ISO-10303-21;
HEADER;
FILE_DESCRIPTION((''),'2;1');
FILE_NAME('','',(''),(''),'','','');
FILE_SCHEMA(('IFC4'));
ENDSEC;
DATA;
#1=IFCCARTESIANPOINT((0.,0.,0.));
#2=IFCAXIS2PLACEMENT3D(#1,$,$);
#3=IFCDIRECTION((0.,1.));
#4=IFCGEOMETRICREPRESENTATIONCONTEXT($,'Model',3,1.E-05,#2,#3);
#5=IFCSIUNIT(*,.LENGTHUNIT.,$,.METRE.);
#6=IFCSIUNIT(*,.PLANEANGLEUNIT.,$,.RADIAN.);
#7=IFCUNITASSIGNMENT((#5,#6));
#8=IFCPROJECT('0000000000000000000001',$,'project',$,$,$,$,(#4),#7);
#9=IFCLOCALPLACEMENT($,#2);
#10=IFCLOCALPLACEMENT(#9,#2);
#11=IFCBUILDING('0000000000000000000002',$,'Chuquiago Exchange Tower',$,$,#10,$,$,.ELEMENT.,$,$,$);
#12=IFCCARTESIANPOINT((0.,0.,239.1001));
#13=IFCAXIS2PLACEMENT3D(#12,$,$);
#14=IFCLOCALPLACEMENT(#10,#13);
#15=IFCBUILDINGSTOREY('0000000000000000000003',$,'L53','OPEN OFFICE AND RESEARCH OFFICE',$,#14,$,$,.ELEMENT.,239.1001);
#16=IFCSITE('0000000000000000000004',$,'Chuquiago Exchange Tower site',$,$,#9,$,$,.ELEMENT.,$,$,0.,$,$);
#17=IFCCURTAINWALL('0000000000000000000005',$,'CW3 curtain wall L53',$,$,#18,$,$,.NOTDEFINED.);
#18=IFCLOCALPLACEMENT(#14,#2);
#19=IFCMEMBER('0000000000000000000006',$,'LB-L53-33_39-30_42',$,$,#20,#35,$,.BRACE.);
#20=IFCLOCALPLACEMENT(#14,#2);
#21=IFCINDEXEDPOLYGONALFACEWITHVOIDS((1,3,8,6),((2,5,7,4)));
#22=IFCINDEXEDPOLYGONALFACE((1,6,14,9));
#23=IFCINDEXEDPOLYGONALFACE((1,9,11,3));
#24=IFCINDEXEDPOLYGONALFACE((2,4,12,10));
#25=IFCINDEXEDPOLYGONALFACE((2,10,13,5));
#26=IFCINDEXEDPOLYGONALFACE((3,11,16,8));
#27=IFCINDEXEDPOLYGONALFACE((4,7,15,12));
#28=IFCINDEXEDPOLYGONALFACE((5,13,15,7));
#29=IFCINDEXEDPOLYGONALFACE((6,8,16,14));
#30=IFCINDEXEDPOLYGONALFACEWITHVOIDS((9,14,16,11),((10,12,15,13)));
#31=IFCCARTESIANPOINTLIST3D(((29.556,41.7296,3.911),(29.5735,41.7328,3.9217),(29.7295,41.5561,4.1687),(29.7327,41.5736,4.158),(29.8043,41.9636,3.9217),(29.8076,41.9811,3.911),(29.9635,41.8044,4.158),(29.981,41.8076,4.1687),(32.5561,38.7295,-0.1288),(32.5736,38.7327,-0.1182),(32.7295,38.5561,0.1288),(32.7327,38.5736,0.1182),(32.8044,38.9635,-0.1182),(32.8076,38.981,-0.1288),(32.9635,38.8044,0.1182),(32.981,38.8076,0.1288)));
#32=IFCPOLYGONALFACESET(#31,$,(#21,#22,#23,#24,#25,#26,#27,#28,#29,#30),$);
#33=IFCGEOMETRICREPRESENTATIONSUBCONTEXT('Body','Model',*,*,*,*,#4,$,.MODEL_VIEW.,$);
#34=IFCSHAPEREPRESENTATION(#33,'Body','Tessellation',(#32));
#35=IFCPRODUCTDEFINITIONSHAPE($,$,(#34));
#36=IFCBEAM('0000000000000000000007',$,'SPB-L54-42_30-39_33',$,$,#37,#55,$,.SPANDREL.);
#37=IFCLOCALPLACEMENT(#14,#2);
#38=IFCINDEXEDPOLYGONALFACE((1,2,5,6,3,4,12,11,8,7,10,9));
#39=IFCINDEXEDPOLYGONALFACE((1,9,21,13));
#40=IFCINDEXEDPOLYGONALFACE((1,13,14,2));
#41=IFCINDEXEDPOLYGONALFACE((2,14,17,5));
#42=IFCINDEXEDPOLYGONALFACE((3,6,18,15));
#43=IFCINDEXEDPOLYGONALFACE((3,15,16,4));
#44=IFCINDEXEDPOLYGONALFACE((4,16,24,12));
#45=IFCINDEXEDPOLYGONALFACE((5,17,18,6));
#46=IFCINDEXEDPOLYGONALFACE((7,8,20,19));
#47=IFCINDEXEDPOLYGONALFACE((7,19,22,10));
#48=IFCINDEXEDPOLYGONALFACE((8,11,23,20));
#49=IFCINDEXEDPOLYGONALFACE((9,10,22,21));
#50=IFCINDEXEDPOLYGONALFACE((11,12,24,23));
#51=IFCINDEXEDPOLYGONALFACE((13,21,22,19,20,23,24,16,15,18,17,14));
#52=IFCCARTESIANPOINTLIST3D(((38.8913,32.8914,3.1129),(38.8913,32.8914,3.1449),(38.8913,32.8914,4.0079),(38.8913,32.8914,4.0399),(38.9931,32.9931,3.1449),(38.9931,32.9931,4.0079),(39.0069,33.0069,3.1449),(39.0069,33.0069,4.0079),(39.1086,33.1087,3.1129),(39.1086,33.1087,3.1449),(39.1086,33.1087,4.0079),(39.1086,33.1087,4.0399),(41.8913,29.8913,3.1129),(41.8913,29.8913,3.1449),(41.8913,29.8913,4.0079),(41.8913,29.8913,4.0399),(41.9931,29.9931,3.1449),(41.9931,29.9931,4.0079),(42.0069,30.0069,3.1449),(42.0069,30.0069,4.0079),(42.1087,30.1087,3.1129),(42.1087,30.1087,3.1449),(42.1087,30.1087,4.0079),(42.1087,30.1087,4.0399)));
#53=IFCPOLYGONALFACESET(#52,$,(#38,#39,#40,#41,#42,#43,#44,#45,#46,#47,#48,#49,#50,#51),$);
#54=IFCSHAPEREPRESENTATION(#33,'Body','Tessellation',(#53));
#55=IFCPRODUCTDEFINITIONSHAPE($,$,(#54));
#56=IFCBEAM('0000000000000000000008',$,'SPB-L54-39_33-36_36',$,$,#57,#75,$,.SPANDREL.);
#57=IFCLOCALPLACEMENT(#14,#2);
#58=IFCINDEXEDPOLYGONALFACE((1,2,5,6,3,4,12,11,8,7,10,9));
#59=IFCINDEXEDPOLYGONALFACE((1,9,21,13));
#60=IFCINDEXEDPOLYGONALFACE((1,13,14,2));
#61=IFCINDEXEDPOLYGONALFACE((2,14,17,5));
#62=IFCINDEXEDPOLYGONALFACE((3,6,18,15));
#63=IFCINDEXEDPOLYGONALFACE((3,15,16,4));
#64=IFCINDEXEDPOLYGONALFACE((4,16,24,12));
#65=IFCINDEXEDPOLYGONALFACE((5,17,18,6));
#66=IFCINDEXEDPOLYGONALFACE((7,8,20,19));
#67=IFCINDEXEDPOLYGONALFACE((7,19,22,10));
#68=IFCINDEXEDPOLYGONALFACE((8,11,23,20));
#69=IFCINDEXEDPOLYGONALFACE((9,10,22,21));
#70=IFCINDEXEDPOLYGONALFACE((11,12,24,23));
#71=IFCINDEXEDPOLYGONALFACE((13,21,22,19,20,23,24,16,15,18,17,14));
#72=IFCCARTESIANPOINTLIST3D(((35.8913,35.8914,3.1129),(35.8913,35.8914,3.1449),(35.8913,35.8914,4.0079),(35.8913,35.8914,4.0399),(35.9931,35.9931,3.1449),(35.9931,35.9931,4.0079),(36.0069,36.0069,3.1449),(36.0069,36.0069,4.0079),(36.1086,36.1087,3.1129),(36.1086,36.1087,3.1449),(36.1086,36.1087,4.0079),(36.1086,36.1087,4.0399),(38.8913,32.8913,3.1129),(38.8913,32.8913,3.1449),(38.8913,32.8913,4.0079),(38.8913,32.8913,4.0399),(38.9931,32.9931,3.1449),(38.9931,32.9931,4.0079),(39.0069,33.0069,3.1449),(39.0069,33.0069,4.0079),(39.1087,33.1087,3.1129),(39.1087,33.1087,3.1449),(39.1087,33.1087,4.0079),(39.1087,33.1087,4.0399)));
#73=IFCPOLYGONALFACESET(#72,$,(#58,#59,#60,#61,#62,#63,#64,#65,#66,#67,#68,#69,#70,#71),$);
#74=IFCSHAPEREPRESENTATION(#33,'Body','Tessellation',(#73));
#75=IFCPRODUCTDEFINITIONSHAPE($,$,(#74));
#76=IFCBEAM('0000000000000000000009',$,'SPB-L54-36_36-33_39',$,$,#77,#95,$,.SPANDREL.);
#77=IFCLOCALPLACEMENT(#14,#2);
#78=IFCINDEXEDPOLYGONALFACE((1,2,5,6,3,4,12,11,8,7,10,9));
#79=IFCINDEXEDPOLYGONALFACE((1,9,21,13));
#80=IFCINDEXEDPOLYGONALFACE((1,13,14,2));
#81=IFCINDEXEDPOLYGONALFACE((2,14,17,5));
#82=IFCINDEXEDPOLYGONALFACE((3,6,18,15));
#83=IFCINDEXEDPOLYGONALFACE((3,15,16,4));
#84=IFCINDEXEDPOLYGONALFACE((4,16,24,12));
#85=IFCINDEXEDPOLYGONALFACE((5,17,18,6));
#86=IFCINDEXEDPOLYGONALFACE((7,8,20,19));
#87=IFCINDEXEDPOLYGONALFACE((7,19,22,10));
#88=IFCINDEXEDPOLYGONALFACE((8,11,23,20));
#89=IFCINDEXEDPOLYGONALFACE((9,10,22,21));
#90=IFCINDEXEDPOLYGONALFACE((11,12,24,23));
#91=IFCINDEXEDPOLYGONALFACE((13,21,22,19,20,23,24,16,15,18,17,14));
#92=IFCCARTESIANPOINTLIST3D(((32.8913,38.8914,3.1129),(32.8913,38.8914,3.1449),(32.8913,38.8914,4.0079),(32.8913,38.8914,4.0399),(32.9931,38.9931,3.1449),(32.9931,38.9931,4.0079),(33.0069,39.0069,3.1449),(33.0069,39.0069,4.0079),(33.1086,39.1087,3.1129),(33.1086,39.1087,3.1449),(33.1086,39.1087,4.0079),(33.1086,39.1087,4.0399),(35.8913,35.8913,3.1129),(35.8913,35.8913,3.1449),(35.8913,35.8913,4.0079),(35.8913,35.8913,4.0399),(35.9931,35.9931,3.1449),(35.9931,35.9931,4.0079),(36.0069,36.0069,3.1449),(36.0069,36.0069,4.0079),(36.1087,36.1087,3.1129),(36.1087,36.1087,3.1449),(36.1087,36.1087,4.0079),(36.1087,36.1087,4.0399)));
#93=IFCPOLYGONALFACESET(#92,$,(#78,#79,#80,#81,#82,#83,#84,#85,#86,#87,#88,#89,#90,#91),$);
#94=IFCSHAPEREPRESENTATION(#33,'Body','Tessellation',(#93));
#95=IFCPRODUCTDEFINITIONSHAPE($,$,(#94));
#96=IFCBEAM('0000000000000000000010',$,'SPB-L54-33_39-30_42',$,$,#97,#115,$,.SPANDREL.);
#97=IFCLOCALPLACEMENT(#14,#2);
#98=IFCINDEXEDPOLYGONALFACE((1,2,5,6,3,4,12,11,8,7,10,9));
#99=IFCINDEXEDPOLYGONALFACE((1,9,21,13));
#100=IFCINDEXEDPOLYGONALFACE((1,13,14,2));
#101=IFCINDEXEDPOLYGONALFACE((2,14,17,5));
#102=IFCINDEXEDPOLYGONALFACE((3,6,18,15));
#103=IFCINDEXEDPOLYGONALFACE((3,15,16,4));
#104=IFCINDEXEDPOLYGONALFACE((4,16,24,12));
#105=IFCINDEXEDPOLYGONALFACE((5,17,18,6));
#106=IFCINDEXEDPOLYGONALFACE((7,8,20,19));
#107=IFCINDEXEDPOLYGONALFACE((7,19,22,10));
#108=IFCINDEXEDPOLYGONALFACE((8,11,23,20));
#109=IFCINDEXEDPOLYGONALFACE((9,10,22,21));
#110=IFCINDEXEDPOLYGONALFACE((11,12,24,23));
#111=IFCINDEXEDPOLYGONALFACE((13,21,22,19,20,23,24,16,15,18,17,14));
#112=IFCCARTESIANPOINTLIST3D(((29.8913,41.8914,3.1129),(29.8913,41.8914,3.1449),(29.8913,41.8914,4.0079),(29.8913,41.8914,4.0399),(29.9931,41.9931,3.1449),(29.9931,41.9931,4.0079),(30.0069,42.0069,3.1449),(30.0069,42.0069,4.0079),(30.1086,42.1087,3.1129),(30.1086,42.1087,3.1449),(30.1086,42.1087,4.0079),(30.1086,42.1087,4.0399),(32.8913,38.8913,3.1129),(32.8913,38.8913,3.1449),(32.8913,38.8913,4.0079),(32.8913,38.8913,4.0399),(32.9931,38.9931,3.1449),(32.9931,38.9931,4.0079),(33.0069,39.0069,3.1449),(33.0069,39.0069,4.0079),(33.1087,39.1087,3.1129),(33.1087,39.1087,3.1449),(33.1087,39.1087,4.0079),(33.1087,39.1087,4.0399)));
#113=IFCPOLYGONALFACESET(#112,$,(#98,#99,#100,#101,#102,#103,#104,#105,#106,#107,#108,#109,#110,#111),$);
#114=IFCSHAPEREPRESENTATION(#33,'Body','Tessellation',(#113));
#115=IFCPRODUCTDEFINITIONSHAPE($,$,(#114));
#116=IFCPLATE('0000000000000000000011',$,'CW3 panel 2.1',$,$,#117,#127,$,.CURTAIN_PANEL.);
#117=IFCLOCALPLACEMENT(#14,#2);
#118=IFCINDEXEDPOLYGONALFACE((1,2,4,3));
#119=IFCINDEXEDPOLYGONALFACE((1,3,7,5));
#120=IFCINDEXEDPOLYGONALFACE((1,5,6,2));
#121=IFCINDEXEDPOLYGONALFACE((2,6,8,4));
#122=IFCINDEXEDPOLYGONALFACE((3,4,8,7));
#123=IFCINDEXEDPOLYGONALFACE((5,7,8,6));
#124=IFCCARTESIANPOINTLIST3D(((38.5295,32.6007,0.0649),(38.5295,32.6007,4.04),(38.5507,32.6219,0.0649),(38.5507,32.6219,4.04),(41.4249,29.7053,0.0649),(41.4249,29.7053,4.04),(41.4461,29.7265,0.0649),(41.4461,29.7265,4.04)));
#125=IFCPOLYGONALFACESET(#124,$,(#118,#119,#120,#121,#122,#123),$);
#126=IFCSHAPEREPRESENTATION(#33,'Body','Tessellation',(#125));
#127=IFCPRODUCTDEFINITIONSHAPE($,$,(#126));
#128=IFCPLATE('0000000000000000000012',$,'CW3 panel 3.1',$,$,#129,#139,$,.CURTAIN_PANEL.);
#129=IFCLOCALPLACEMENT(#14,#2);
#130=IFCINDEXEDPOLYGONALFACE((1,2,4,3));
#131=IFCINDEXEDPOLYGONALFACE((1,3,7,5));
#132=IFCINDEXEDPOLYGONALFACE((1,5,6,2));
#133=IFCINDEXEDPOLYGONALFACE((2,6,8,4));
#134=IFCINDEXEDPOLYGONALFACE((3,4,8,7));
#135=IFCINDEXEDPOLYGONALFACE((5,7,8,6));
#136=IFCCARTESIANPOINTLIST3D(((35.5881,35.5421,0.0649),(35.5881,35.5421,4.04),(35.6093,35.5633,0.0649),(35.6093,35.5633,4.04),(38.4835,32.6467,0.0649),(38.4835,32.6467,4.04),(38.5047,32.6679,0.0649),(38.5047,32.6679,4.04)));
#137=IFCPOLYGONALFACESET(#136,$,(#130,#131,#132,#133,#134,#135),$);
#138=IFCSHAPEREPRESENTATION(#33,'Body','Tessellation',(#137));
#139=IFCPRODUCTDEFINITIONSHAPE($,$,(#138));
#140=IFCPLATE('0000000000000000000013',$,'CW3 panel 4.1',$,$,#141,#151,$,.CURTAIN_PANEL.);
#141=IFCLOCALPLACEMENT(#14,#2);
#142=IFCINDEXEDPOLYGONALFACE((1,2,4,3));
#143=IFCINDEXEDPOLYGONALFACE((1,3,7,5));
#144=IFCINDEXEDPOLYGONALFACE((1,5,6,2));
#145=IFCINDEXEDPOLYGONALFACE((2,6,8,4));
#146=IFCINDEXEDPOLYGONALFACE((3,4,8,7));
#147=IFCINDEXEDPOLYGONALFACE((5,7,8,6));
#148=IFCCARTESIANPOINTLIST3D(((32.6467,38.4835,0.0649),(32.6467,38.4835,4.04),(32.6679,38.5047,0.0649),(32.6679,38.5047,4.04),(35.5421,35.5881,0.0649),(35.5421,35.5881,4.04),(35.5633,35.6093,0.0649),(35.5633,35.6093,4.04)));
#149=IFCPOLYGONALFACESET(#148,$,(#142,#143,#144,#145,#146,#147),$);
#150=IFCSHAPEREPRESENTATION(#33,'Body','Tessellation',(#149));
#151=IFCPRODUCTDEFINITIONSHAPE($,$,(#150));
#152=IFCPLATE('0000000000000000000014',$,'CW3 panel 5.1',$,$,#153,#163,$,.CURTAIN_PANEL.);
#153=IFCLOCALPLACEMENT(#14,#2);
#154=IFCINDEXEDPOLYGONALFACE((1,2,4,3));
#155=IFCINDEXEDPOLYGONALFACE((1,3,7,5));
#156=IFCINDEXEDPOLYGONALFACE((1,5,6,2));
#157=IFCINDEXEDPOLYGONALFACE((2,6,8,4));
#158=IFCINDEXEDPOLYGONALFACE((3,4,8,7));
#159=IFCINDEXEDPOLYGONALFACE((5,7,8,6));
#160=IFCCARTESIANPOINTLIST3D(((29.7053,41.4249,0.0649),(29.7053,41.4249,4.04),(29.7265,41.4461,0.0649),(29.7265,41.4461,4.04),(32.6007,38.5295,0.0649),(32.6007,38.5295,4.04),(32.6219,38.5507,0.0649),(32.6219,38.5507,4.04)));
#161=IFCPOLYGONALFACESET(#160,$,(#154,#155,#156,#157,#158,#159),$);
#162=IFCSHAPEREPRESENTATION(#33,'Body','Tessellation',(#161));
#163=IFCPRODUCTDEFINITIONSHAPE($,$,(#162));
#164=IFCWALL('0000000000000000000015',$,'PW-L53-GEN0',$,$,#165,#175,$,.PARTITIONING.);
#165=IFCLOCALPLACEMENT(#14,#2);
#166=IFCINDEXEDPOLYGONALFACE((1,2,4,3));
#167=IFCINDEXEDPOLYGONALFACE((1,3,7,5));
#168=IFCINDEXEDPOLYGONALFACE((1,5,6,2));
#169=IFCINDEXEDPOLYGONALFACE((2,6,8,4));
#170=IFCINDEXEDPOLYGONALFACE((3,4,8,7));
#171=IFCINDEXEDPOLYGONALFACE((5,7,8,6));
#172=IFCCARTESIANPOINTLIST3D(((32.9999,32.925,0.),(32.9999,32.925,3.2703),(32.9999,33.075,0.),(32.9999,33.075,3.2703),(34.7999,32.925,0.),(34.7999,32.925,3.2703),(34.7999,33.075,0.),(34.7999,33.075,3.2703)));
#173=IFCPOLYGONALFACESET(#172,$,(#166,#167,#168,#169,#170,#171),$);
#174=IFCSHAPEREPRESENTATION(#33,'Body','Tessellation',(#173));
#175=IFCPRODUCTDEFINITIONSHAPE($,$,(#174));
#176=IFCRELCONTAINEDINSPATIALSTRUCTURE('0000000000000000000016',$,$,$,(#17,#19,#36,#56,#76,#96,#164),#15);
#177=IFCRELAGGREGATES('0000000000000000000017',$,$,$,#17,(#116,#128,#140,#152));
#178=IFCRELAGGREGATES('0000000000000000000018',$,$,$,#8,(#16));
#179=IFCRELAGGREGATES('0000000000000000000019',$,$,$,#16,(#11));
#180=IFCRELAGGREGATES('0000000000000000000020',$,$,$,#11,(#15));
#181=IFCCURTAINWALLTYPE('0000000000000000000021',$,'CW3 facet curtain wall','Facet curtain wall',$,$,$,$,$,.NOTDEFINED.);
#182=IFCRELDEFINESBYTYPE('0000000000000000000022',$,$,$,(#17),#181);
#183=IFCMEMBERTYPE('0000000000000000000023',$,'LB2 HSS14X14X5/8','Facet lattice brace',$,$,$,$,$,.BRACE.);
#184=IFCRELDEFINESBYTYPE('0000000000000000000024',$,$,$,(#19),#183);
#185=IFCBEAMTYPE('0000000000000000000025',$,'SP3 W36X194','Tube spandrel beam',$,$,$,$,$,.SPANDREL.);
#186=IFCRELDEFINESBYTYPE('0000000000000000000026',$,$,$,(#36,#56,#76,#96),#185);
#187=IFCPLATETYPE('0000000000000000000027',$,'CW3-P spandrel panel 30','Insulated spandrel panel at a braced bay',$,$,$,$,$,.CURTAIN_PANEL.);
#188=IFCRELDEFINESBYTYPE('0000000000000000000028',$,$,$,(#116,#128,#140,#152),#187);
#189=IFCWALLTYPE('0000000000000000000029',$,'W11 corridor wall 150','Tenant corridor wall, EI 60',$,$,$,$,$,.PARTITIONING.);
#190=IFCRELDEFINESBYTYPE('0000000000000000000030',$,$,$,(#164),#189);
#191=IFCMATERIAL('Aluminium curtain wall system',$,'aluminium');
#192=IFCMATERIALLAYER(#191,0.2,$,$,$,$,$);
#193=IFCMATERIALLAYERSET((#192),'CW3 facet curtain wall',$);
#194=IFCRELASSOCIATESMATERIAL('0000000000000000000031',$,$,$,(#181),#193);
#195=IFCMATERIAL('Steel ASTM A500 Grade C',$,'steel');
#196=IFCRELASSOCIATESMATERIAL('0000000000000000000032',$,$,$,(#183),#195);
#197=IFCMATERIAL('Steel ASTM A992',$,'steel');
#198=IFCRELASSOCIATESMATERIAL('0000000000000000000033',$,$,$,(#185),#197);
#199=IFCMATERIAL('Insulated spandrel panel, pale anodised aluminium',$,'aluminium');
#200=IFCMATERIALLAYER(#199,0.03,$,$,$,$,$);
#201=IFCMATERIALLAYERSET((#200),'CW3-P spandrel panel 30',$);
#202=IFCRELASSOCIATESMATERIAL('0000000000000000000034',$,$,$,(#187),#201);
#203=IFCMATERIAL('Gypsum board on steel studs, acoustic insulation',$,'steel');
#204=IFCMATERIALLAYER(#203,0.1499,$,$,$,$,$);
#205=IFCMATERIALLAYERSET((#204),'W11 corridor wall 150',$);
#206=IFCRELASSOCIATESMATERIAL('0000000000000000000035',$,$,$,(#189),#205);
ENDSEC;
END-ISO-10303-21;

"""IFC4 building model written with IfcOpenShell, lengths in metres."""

from ifc_helpers import new_model, si_unit, direction, frame, frame_2d, origin, origin_2d, place, context, subcontext, project, spatial, rectangle, hollow_rectangle, i_section, extrude, material, layer, layer_set, material_profile, profile_set, type_object, element, aggregate, save


model = new_model("IFC4")

# Units and contexts
model_context = context("Model", 3, precision=1e-05, world=origin(), true_north=direction((0.0, 1.0)))
body_context = subcontext(model_context, "Body", "Model", "MODEL_VIEW")
ifc_project = project(units=[si_unit("LENGTHUNIT", "METRE"), si_unit("PLANEANGLEUNIT", "RADIAN")], contexts=[model_context])

# Site, building, storey
site_placement = place(None, origin())
site = spatial("IfcSite", under=ifc_project, at=site_placement, Name="Chuquiago Exchange Tower site", CompositionType="ELEMENT", RefElevation=0.0)
building_placement = place(site_placement, origin())
building = spatial("IfcBuilding", under=site, at=building_placement, Name="Chuquiago Exchange Tower", CompositionType="ELEMENT")
storey_placement = place(building_placement, frame((0.0, 0.0, 239.1001)))
storey = spatial("IfcBuildingStorey", under=building, at=storey_placement, Name="L53", Description="OPEN OFFICE AND RESEARCH OFFICE", CompositionType="ELEMENT", Elevation=239.1001)

# Curtain wall
ifc_material_1 = material(Name="Aluminium curtain wall system", Category="aluminium")
ifc_layer_1 = layer(ifc_material_1, 0.2)
ifc_layer_set_1 = layer_set([ifc_layer_1], Name="CW3 facet curtain wall")
curtain_wall_type = type_object("IfcCurtainWallType", Name="CW3 facet curtain wall", Description="Facet curtain wall", PredefinedType="NOTDEFINED", material=ifc_layer_set_1)
curtain_wall_placement = place(storey_placement, origin())
curtain_wall = element("IfcCurtainWall", 1, at=curtain_wall_placement, inside=storey, type_object=curtain_wall_type, Name="CW3 curtain wall L53", PredefinedType="NOTDEFINED")

# Member
ifc_material_2 = material(Name="Steel ASTM A500 Grade C", Category="steel")
ifc_material_profile_1 = material_profile(ifc_material_2, hollow_rectangle(XDim=0.3557, YDim=0.3557, WallThickness=0.0146, at=origin_2d()), Name="HSS14X14X5/8")
ifc_profile_set_1 = profile_set([ifc_material_profile_1], Name="Steel ASTM A500 Grade C")
member_type_1 = type_object("IfcMemberType", Name="LB2 HSS14X14X5/8", Description="Facet lattice brace", PredefinedType="BRACE", material=ifc_profile_set_1)
for number, where, z_axis, x_axis, name in (
    (2, (32.7686, 38.7686, 0.0), (-0.512092, 0.512092, 0.689582), (-0.707107, -0.707107, 0.0), "LB-L53-33_39-30_42"),
):
    element("IfcMember", number, at=place(storey_placement, frame(where, z_axis=z_axis, x_axis=x_axis)), inside=storey, type_object=member_type_1, Name=name, PredefinedType="BRACE", context=body_context, shape_type="SweptSolid", body=[
        extrude(hollow_rectangle(XDim=0.3557, YDim=0.3557, WallThickness=0.0146, at=origin_2d()), origin(), (0.0, 0.0, 1.0), 5.8584),
    ])

# Beams
ifc_material_3 = material(Name="Steel ASTM A992", Category="steel")
ifc_material_profile_2 = material_profile(ifc_material_3, i_section(OverallWidth=0.3074, OverallDepth=0.927, WebThickness=0.0195, FlangeThickness=0.032, at=origin_2d()), Name="W36X194")
ifc_profile_set_2 = profile_set([ifc_material_profile_2], Name="Steel ASTM A992")
beam_type_1 = type_object("IfcBeamType", Name="SP3 W36X194", Description="Tube spandrel beam", PredefinedType="SPANDREL", material=ifc_profile_set_2)
for number, where, z_axis, x_axis, name in (
    (3, (42.0, 30.0, 3.5764), (-0.707107, 0.707107, 0.0), (-0.707107, -0.707107, 0.0), "SPB-L54-42_30-39_33"),
    (4, (39.0, 33.0, 3.5764), (-0.707107, 0.707107, 0.0), (-0.707107, -0.707107, 0.0), "SPB-L54-39_33-36_36"),
    (5, (36.0, 36.0, 3.5764), (-0.707107, 0.707107, 0.0), (-0.707107, -0.707107, 0.0), "SPB-L54-36_36-33_39"),
    (6, (33.0, 39.0, 3.5764), (-0.707107, 0.707107, 0.0), (-0.707107, -0.707107, 0.0), "SPB-L54-33_39-30_42"),
):
    element("IfcBeam", number, at=place(storey_placement, frame(where, z_axis=z_axis, x_axis=x_axis)), inside=storey, type_object=beam_type_1, Name=name, PredefinedType="SPANDREL", context=body_context, shape_type="SweptSolid", body=[
        extrude(i_section(OverallWidth=0.3074, OverallDepth=0.927, WebThickness=0.0195, FlangeThickness=0.032, at=origin_2d()), origin(), (0.0, 0.0, 1.0), 4.2427),
    ])

# Plates
ifc_material_4 = material(Name="Insulated spandrel panel, pale anodised aluminium", Category="aluminium")
ifc_layer_2 = layer(ifc_material_4, 0.03)
ifc_layer_set_2 = layer_set([ifc_layer_2], Name="CW3-P spandrel panel 30")
plate_type = type_object("IfcPlateType", Name="CW3-P spandrel panel 30", Description="Insulated spandrel panel at a braced bay", PredefinedType="CURTAIN_PANEL", material=ifc_layer_set_2)
plate_1_placement = place(storey_placement, frame((39.9878, 31.1636, 0.0649), z_axis=(0.0, 0.0, 1.0), x_axis=(-0.707107, 0.707107, 0.0)))
plate_1 = element("IfcPlate", 7, at=plate_1_placement, type_object=plate_type, Name="CW3 panel 2.1", PredefinedType="CURTAIN_PANEL", context=body_context, shape_type="SweptSolid", body=[
    extrude(rectangle(XDim=4.0947, YDim=0.03, at=origin_2d()), origin(), (0.0, 0.0, 1.0), 3.9751),
])
plate_2_placement = place(storey_placement, frame((37.0464, 34.105, 0.0649), z_axis=(0.0, 0.0, 1.0), x_axis=(-0.707107, 0.707107, 0.0)))
plate_2 = element("IfcPlate", 8, at=plate_2_placement, type_object=plate_type, Name="CW3 panel 3.1", PredefinedType="CURTAIN_PANEL", context=body_context, shape_type="SweptSolid", body=[
    extrude(rectangle(XDim=4.0947, YDim=0.03, at=origin_2d()), origin(), (0.0, 0.0, 1.0), 3.9751),
])
plate_3_placement = place(storey_placement, frame((34.105, 37.0464, 0.0649), z_axis=(0.0, 0.0, 1.0), x_axis=(-0.707107, 0.707107, 0.0)))
plate_3 = element("IfcPlate", 9, at=plate_3_placement, type_object=plate_type, Name="CW3 panel 4.1", PredefinedType="CURTAIN_PANEL", context=body_context, shape_type="SweptSolid", body=[
    extrude(rectangle(XDim=4.0947, YDim=0.03, at=origin_2d()), origin(), (0.0, 0.0, 1.0), 3.9751),
])
plate_4_placement = place(storey_placement, frame((31.1636, 39.9878, 0.0649), z_axis=(0.0, 0.0, 1.0), x_axis=(-0.707107, 0.707107, 0.0)))
plate_4 = element("IfcPlate", 10, at=plate_4_placement, type_object=plate_type, Name="CW3 panel 5.1", PredefinedType="CURTAIN_PANEL", context=body_context, shape_type="SweptSolid", body=[
    extrude(rectangle(XDim=4.0947, YDim=0.03, at=origin_2d()), origin(), (0.0, 0.0, 1.0), 3.9751),
])
aggregate(curtain_wall, [plate_1, plate_2, plate_3, plate_4])

# Wall
ifc_material_5 = material(Name="Gypsum board on steel studs, acoustic insulation", Category="steel")
ifc_layer_3 = layer(ifc_material_5, 0.1499)
ifc_layer_set_3 = layer_set([ifc_layer_3], Name="W11 corridor wall 150")
wall_type_1 = type_object("IfcWallType", Name="W11 corridor wall 150", Description="Tenant corridor wall, EI 60", PredefinedType="PARTITIONING", material=ifc_layer_set_3)
wall_1_placement = place(storey_placement, frame((33.0, 33.0, 0.0), z_axis=(0.0, 0.0, 1.0), x_axis=(1.0, 0.0, 0.0)))
element("IfcWall", 11, at=wall_1_placement, inside=storey, type_object=wall_type_1, Name="PW-L53-GEN0", PredefinedType="PARTITIONING", context=body_context, shape_type="SweptSolid", body=[
    extrude(rectangle(XDim=1.8, YDim=0.1499, at=frame_2d((0.8999, 0.0))), origin(), (0.0, 0.0, 1.0), 3.2703),
])

save(model, "model.ifc")
